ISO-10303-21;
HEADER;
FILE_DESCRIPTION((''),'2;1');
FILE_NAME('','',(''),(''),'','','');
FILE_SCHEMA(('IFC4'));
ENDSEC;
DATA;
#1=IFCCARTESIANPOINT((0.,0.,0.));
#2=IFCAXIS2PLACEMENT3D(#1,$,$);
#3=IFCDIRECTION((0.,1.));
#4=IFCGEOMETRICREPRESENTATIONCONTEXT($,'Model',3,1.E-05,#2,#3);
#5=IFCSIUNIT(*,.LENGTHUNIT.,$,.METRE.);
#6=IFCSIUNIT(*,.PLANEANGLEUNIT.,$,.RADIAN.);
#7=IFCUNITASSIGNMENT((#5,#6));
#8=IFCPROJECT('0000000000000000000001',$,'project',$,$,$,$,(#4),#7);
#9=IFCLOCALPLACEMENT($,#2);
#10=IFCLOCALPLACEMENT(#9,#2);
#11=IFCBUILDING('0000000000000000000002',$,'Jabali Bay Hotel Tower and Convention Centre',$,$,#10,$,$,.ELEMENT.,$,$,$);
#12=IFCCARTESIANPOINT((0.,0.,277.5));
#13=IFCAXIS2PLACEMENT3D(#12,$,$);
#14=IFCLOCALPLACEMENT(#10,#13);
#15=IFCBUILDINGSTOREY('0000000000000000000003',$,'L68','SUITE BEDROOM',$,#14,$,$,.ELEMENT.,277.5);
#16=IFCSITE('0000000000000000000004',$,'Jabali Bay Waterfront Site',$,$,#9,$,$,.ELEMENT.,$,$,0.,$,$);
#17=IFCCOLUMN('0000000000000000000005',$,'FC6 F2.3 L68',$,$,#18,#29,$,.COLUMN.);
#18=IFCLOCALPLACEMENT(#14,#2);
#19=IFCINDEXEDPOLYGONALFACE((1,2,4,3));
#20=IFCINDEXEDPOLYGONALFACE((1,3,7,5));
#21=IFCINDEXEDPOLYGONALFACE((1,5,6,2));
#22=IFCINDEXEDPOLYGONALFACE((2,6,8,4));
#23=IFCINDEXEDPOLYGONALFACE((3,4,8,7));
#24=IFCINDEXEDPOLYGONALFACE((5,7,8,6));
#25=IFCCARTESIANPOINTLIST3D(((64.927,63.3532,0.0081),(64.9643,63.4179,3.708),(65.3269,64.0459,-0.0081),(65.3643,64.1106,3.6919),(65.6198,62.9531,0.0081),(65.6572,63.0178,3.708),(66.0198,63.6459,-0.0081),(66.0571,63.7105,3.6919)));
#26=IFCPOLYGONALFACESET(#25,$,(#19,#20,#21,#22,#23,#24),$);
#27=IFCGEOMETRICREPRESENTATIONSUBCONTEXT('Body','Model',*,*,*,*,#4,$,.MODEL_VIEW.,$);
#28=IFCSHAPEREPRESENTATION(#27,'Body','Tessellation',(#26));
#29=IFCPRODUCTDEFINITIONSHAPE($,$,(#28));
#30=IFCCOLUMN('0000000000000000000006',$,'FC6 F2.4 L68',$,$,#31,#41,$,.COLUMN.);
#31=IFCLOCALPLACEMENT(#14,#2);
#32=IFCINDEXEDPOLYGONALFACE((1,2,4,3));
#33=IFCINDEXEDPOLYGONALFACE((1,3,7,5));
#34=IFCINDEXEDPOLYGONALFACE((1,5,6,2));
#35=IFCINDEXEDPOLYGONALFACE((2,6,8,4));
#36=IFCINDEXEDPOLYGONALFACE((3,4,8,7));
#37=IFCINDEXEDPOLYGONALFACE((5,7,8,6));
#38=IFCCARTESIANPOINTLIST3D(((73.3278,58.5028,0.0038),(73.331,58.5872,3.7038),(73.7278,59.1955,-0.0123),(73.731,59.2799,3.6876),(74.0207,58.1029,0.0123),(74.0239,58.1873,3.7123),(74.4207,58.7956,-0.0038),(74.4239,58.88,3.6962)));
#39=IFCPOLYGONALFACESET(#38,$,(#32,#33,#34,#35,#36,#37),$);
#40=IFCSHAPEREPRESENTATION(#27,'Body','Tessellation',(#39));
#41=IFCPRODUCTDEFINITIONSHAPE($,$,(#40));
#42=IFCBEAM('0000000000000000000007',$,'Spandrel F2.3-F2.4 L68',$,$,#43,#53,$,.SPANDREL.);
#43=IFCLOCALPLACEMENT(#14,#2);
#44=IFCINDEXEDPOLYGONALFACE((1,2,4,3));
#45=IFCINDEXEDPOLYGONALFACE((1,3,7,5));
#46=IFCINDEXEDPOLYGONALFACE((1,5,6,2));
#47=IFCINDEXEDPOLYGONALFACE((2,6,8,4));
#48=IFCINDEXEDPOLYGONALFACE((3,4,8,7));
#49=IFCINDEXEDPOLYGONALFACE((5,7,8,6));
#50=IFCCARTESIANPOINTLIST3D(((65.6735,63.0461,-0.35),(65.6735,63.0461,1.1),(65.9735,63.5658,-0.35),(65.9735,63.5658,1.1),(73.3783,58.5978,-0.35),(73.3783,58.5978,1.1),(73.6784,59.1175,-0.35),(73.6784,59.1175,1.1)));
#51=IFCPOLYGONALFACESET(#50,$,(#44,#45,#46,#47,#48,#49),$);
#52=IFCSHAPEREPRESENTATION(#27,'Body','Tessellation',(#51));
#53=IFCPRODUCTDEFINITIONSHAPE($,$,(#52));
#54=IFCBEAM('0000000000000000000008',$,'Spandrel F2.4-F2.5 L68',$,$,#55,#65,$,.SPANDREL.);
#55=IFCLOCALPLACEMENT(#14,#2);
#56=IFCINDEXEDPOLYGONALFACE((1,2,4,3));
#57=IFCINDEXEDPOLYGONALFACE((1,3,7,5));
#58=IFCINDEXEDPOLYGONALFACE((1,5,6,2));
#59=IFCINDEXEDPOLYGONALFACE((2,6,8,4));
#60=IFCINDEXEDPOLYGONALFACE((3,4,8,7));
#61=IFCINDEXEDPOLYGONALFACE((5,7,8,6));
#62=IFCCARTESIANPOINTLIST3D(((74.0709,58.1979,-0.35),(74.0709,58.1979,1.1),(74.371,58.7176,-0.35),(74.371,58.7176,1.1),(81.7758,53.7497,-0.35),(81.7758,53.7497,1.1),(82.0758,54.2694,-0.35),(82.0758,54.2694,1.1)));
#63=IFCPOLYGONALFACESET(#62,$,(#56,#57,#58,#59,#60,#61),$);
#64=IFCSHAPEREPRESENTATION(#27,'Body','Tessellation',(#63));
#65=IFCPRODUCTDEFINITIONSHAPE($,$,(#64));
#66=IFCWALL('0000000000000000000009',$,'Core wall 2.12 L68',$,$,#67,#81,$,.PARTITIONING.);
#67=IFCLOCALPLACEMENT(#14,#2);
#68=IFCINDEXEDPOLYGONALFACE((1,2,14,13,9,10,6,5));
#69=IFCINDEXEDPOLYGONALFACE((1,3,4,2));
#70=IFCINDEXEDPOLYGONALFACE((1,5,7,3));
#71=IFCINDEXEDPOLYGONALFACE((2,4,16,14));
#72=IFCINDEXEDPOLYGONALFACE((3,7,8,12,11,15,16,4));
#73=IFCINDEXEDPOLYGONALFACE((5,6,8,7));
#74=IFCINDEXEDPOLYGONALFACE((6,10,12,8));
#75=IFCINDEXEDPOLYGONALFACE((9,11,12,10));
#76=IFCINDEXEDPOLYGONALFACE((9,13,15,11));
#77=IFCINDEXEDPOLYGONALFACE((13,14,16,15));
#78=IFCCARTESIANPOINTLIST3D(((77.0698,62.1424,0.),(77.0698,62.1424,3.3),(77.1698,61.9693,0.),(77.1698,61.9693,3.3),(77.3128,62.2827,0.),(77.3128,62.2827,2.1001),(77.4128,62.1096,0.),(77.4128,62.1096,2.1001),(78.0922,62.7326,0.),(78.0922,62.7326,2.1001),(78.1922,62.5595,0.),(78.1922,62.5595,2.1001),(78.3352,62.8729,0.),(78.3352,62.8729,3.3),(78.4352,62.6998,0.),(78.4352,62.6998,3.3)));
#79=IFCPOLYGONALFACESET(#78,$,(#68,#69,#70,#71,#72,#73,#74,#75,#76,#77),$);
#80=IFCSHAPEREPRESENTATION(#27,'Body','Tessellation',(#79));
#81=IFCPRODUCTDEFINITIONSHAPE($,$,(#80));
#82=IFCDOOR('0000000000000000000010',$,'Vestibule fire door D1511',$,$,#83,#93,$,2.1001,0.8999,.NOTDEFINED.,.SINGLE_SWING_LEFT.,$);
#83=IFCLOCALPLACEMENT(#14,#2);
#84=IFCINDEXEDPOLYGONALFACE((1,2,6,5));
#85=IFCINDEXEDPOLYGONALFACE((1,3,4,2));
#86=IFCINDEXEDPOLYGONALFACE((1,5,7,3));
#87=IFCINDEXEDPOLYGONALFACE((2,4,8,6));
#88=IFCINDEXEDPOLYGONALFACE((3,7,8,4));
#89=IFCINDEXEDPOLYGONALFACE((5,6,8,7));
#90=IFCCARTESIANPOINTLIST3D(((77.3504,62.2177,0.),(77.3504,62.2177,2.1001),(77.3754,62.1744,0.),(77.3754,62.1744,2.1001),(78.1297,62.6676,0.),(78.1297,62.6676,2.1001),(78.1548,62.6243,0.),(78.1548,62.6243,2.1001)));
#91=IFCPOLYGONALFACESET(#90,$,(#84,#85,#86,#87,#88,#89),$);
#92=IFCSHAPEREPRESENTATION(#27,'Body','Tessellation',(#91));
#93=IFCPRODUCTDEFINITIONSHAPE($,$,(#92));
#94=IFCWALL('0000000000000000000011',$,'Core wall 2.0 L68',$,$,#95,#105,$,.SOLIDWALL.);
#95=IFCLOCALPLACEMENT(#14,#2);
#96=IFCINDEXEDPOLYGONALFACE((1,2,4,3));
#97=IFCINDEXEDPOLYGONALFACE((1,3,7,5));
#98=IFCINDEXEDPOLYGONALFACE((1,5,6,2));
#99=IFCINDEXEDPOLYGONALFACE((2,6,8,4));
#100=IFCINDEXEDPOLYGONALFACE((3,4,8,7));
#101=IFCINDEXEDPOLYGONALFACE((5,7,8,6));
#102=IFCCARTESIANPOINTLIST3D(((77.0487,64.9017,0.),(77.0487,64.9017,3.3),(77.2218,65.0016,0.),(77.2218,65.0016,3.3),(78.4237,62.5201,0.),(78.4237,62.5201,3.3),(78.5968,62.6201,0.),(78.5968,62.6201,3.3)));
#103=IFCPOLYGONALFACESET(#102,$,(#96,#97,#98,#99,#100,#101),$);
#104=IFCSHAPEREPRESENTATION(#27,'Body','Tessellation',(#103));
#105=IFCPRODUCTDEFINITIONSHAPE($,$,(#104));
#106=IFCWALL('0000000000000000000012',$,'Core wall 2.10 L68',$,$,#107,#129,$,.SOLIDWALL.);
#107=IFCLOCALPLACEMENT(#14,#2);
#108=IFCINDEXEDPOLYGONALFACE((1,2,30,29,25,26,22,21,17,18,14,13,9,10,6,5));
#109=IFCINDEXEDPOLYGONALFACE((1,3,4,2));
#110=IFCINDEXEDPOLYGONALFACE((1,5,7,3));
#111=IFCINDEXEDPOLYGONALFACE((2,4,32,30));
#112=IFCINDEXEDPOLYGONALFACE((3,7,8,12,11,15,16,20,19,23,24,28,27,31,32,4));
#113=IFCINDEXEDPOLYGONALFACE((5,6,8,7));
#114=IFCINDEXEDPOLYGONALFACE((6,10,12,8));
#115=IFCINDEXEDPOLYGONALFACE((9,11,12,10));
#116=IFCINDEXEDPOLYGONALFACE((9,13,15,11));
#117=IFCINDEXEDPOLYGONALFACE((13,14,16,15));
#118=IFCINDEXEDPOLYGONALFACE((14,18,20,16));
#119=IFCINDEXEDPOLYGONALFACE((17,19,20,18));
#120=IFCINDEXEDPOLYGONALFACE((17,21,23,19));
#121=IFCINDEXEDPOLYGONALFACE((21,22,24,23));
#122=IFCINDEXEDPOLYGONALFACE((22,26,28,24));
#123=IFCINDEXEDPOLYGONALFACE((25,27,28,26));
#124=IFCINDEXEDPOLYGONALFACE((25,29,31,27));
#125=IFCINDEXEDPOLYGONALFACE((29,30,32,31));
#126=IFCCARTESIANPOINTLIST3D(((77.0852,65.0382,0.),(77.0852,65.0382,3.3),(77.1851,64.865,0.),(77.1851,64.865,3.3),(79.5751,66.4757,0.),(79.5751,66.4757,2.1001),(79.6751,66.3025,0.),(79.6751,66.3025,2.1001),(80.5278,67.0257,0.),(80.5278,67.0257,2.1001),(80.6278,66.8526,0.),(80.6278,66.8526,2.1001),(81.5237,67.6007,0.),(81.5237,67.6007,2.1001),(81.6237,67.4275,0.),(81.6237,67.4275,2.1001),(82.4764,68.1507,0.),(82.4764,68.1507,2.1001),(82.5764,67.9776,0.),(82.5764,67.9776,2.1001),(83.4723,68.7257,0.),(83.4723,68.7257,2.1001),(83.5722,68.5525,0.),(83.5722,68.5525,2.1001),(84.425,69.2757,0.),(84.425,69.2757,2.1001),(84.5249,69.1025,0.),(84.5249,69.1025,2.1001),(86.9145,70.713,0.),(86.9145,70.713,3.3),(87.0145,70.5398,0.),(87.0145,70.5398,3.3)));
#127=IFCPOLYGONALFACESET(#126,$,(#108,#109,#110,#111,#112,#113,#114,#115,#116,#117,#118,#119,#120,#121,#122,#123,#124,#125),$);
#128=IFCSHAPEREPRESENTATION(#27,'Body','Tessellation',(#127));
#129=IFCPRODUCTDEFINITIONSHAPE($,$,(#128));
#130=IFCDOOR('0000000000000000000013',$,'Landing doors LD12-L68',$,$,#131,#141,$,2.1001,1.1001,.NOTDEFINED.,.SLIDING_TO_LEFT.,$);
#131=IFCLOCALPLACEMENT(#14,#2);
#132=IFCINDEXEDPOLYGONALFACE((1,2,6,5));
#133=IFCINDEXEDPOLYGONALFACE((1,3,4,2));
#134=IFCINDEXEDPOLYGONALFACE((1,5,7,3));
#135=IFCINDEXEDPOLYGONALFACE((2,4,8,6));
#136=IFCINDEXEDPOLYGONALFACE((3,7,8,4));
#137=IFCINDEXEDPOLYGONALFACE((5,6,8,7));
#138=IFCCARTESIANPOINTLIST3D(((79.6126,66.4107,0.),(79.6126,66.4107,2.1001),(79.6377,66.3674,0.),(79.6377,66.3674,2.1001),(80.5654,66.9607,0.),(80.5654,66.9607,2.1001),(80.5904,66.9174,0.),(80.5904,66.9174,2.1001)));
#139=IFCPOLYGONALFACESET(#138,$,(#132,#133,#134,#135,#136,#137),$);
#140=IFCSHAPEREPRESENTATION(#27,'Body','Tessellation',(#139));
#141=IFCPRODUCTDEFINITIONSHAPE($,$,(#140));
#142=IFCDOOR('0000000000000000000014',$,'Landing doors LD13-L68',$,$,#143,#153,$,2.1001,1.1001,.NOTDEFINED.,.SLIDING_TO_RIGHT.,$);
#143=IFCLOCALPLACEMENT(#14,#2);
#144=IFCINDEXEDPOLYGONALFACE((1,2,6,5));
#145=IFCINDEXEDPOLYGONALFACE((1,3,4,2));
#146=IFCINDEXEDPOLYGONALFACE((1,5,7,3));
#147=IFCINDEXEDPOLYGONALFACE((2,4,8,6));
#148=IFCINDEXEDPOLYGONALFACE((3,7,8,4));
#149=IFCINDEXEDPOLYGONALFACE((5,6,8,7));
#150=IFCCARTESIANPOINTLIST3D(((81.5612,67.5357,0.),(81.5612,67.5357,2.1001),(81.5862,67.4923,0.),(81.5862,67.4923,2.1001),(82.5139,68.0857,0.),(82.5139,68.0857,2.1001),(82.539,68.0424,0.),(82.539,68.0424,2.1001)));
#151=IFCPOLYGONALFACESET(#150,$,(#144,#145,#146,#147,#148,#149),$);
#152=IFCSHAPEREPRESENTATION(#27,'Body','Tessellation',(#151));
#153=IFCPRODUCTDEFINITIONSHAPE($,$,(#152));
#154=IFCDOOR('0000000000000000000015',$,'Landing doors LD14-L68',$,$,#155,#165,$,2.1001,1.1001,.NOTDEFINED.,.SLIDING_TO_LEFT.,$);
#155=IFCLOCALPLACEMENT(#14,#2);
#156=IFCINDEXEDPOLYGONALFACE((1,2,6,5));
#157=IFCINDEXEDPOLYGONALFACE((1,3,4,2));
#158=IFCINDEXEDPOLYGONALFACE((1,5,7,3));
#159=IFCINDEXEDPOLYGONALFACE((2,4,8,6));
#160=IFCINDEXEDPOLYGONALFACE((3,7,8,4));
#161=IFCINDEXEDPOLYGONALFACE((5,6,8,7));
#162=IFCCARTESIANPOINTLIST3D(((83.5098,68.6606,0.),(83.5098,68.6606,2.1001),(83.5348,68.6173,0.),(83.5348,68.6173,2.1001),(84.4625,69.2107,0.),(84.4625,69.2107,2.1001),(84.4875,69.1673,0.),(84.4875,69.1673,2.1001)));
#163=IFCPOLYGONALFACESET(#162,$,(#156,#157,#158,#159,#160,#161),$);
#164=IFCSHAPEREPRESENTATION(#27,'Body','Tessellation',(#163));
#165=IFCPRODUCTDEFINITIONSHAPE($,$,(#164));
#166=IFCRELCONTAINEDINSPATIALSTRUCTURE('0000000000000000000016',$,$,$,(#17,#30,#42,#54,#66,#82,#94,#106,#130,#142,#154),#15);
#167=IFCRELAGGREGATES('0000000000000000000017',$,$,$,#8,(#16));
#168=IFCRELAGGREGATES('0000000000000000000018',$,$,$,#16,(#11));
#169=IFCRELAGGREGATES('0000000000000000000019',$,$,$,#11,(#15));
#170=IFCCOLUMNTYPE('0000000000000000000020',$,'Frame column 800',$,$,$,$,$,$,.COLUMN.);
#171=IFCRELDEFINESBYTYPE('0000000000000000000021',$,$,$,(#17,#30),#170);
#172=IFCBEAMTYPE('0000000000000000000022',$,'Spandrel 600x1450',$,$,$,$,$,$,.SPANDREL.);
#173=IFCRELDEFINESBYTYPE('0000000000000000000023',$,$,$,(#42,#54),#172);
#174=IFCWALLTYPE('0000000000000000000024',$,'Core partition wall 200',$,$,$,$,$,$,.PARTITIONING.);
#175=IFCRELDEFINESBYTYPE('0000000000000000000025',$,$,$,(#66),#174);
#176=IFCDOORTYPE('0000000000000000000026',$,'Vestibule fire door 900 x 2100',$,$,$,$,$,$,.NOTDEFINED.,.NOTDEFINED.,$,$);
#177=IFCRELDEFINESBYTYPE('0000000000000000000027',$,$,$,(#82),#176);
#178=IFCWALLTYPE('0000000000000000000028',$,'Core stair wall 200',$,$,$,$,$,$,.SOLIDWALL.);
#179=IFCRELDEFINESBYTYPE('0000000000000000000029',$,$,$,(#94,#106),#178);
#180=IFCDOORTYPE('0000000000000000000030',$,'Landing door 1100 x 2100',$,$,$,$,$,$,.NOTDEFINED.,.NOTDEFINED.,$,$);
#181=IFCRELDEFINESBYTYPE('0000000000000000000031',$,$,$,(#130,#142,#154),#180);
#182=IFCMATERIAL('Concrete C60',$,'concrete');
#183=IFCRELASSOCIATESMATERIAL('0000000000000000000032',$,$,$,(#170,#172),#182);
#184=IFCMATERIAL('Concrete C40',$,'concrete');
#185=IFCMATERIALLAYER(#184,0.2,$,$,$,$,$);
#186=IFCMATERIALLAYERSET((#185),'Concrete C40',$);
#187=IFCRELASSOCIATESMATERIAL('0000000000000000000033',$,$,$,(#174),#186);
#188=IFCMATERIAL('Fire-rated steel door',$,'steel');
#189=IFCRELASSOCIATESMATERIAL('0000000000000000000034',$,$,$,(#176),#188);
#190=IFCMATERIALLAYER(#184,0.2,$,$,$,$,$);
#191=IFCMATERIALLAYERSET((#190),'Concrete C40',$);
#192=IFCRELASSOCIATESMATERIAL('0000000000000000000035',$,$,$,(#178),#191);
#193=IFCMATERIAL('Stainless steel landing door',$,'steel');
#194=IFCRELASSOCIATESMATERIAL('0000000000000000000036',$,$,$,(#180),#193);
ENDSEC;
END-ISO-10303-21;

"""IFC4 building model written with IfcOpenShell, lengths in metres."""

from ifc_helpers import new_model, si_unit, direction, frame, frame_2d, origin, origin_2d, place, context, subcontext, project, spatial, rectangle, extrude, material, layer, layer_set, material_profile, profile_set, type_object, element, fill, save


model = new_model("IFC4")

# Units and contexts
model_context = context("Model", 3, precision=1e-05, world=origin(), true_north=direction((0.0, 1.0)))
body_context = subcontext(model_context, "Body", "Model", "MODEL_VIEW")
ifc_project = project(units=[si_unit("LENGTHUNIT", "METRE"), si_unit("PLANEANGLEUNIT", "RADIAN")], contexts=[model_context])

# Site, building, storey
site_placement = place(None, origin())
site = spatial("IfcSite", under=ifc_project, at=site_placement, Name="Jabali Bay Waterfront Site", CompositionType="ELEMENT", RefElevation=0.0)
building_placement = place(site_placement, origin())
building = spatial("IfcBuilding", under=site, at=building_placement, Name="Jabali Bay Hotel Tower and Convention Centre", CompositionType="ELEMENT")
storey_placement = place(building_placement, frame((0.0, 0.0, 277.5)))
storey = spatial("IfcBuildingStorey", under=building, at=storey_placement, Name="L68", Description="SUITE BEDROOM", CompositionType="ELEMENT", Elevation=277.5)

# Columns
ifc_material_1 = material(Name="Concrete C60", Category="concrete")
ifc_material_profile_1 = material_profile(ifc_material_1, rectangle(XDim=0.8, YDim=0.8, at=origin_2d()), Name="Frame column 800")
ifc_profile_set_1 = profile_set([ifc_material_profile_1], Name="Concrete C60")
column_type = type_object("IfcColumnType", Name="Frame column 800", PredefinedType="COLUMN", material=ifc_profile_set_1)
column_1_placement = place(storey_placement, frame((65.4734, 63.4995, 0.0), z_axis=(0.010094, 0.017482, 0.999796), x_axis=(-0.499913, -0.86584, 0.020187)))
element("IfcColumn", 1, at=column_1_placement, inside=storey, type_object=column_type, Name="FC6 F2.3 L68", PredefinedType="COLUMN", context=body_context, shape_type="SweptSolid", body=[
    extrude(rectangle(XDim=0.8, YDim=0.8, at=origin_2d()), origin(), (0.0, 0.0, 1.0), 3.7007),
])
column_2_placement = place(storey_placement, frame((73.8743, 58.6492, 0.0), z_axis=(0.000858, 0.022825, 0.999739), x_axis=(-0.49995, -0.865819, 0.020196)))
element("IfcColumn", 2, at=column_2_placement, inside=storey, type_object=column_type, Name="FC6 F2.4 L68", PredefinedType="COLUMN", context=body_context, shape_type="SweptSolid", body=[
    extrude(rectangle(XDim=0.8, YDim=0.8, at=origin_2d()), origin(), (0.0, 0.0, 1.0), 3.7009),
])

# Beams
ifc_material_profile_2 = material_profile(ifc_material_1, rectangle(XDim=0.6001, YDim=1.45, at=origin_2d()), Name="Spandrel 600x1450")
ifc_profile_set_2 = profile_set([ifc_material_profile_2], Name="Concrete C60")
beam_type = type_object("IfcBeamType", Name="Spandrel 600x1450", PredefinedType="SPANDREL", material=ifc_profile_set_2)
for number, where, z_axis, x_axis, name in (
    (3, (65.8235, 63.3059, 0.375), (0.866032, -0.499988, 0.0), (0.499988, 0.866032, 0.0), "Spandrel F2.3-F2.4 L68"),
    (4, (74.2209, 58.4578, 0.375), (0.866032, -0.499988, 0.0), (0.499988, 0.866032, 0.0), "Spandrel F2.4-F2.5 L68"),
):
    element("IfcBeam", number, at=place(storey_placement, frame(where, z_axis=z_axis, x_axis=x_axis)), inside=storey, type_object=beam_type, Name=name, PredefinedType="SPANDREL", context=body_context, shape_type="SweptSolid", body=[
        extrude(rectangle(XDim=0.6001, YDim=1.45, at=origin_2d()), origin(), (0.0, 0.0, 1.0), 8.8967),
    ])

# Wall, opening, door
ifc_material_2 = material(Name="Concrete C40", Category="concrete")
ifc_layer_1 = layer(ifc_material_2, 0.2)
ifc_layer_set_1 = layer_set([ifc_layer_1], Name="Concrete C40")
wall_type_1 = type_object("IfcWallType", Name="Core partition wall 200", PredefinedType="PARTITIONING", material=ifc_layer_set_1)
wall_1_placement = place(storey_placement, frame((77.1199, 62.0559, 0.0), z_axis=(0.0, 0.0, 1.0), x_axis=(0.866055, 0.499949, 0.0)))
wall_1 = element("IfcWall", 5, at=wall_1_placement, inside=storey, type_object=wall_type_1, Name="Core wall 2.12 L68", PredefinedType="PARTITIONING", context=body_context, shape_type="SweptSolid", body=[
    extrude(rectangle(XDim=1.4612, YDim=0.2, at=frame_2d((0.7305, 0.0))), origin(), (0.0, 0.0, 1.0), 3.3),
])
opening_1_placement = place(wall_1_placement, frame((0.2805, 0.0, 0.0)))
opening_1 = element("IfcOpeningElement", 6, at=opening_1_placement, cuts=wall_1, PredefinedType="OPENING", context=body_context, shape_type="SweptSolid", body=[
    extrude(rectangle(XDim=0.8999, YDim=2.1001, at=frame_2d((0.45, 1.05))), frame((0.0, 0.1104, 0.0), z_axis=(0.0, -1.0, 0.0), x_axis=(1.0, 0.0, 0.0)), (0.0, 0.0, 1.0), 0.2209),
])
ifc_material_3 = material(Name="Fire-rated steel door", Category="steel")
door_type_1 = type_object("IfcDoorType", Name="Vestibule fire door 900 x 2100", OperationType="NOTDEFINED", PredefinedType="NOTDEFINED", material=ifc_material_3)
door_1_placement = place(opening_1_placement, origin())
door_1 = element("IfcDoor", 7, at=door_1_placement, inside=storey, type_object=door_type_1, Name="Vestibule fire door D1511", OperationType="SINGLE_SWING_LEFT", OverallHeight=2.1001, OverallWidth=0.8999, PredefinedType="NOTDEFINED", context=body_context, shape_type="SweptSolid", body=[
    extrude(rectangle(XDim=0.8999, YDim=2.1001, at=frame_2d((0.45, 1.05))), frame((0.0, 0.0249, 0.0), z_axis=(0.0, -1.0, 0.0), x_axis=(1.0, 0.0, 0.0)), (0.0, 0.0, 1.0), 0.05),
])
fill(opening_1, door_1)

# Wall
ifc_layer_2 = layer(ifc_material_2, 0.2)
ifc_layer_set_2 = layer_set([ifc_layer_2], Name="Concrete C40")
wall_type_2 = type_object("IfcWallType", Name="Core stair wall 200", PredefinedType="SOLIDWALL", material=ifc_layer_set_2)
wall_2_placement = place(storey_placement, frame((77.1353, 64.9517, 0.0), z_axis=(0.0, 0.0, 1.0), x_axis=(0.499997, -0.866027, 0.0)))
element("IfcWall", 8, at=wall_2_placement, inside=storey, type_object=wall_type_2, Name="Core wall 2.0 L68", PredefinedType="SOLIDWALL", context=body_context, shape_type="SweptSolid", body=[
    extrude(rectangle(XDim=2.75, YDim=0.2, at=frame_2d((1.375, 0.0))), origin(), (0.0, 0.0, 1.0), 3.3),
])

# Wall, openings, doors
wall_3_placement = place(storey_placement, frame((77.1353, 64.9517, 0.0), z_axis=(0.0, 0.0, 1.0), x_axis=(0.866032, 0.499989, 0.0)))
wall_3 = element("IfcWall", 9, at=wall_3_placement, inside=storey, type_object=wall_type_2, Name="Core wall 2.10 L68", PredefinedType="SOLIDWALL", context=body_context, shape_type="SweptSolid", body=[
    extrude(rectangle(XDim=11.3499, YDim=0.2, at=frame_2d((5.6748, 0.0))), origin(), (0.0, 0.0, 1.0), 3.3),
])
opening_2_placement = place(wall_3_placement, frame((2.875, 0.0, 0.0)))
opening_2 = element("IfcOpeningElement", 10, at=opening_2_placement, cuts=wall_3, PredefinedType="OPENING", context=body_context, shape_type="SweptSolid", body=[
    extrude(rectangle(XDim=1.1001, YDim=2.1001, at=frame_2d((0.55, 1.05))), frame((0.0, 0.1104, 0.0), z_axis=(0.0, -1.0, 0.0), x_axis=(1.0, 0.0, 0.0)), (0.0, 0.0, 1.0), 0.2209),
])
opening_3_placement = place(wall_3_placement, frame((5.125, 0.0, 0.0)))
opening_3 = element("IfcOpeningElement", 11, at=opening_3_placement, cuts=wall_3, PredefinedType="OPENING", context=body_context, shape_type="SweptSolid", body=[
    extrude(rectangle(XDim=1.1001, YDim=2.1001, at=frame_2d((0.55, 1.05))), frame((0.0, 0.1104, 0.0), z_axis=(0.0, -1.0, 0.0), x_axis=(1.0, 0.0, 0.0)), (0.0, 0.0, 1.0), 0.2209),
])
opening_4_placement = place(wall_3_placement, frame((7.375, 0.0, 0.0)))
opening_4 = element("IfcOpeningElement", 12, at=opening_4_placement, cuts=wall_3, PredefinedType="OPENING", context=body_context, shape_type="SweptSolid", body=[
    extrude(rectangle(XDim=1.1001, YDim=2.1001, at=frame_2d((0.55, 1.05))), frame((0.0, 0.1104, 0.0), z_axis=(0.0, -1.0, 0.0), x_axis=(1.0, 0.0, 0.0)), (0.0, 0.0, 1.0), 0.2209),
])
ifc_material_4 = material(Name="Stainless steel landing door", Category="steel")
door_type_2 = type_object("IfcDoorType", Name="Landing door 1100 x 2100", OperationType="NOTDEFINED", PredefinedType="NOTDEFINED", material=ifc_material_4)
door_2_placement = place(opening_2_placement, origin())
door_2 = element("IfcDoor", 13, at=door_2_placement, inside=storey, type_object=door_type_2, Name="Landing doors LD12-L68", OperationType="SLIDING_TO_LEFT", OverallHeight=2.1001, OverallWidth=1.1001, PredefinedType="NOTDEFINED", context=body_context, shape_type="SweptSolid", body=[
    extrude(rectangle(XDim=1.1001, YDim=2.1001, at=frame_2d((0.55, 1.05))), frame((0.0, 0.0249, 0.0), z_axis=(0.0, -1.0, 0.0), x_axis=(1.0, 0.0, 0.0)), (0.0, 0.0, 1.0), 0.05),
])
fill(opening_2, door_2)
door_3_placement = place(opening_3_placement, origin())
door_3 = element("IfcDoor", 14, at=door_3_placement, inside=storey, type_object=door_type_2, Name="Landing doors LD13-L68", OperationType="SLIDING_TO_RIGHT", OverallHeight=2.1001, OverallWidth=1.1001, PredefinedType="NOTDEFINED", context=body_context, shape_type="SweptSolid", body=[
    extrude(rectangle(XDim=1.1001, YDim=2.1001, at=frame_2d((0.55, 1.05))), frame((0.0, 0.0249, 0.0), z_axis=(0.0, -1.0, 0.0), x_axis=(1.0, 0.0, 0.0)), (0.0, 0.0, 1.0), 0.05),
])
fill(opening_3, door_3)
door_4_placement = place(opening_4_placement, origin())
door_4 = element("IfcDoor", 15, at=door_4_placement, inside=storey, type_object=door_type_2, Name="Landing doors LD14-L68", OperationType="SLIDING_TO_LEFT", OverallHeight=2.1001, OverallWidth=1.1001, PredefinedType="NOTDEFINED", context=body_context, shape_type="SweptSolid", body=[
    extrude(rectangle(XDim=1.1001, YDim=2.1001, at=frame_2d((0.55, 1.05))), frame((0.0, 0.0249, 0.0), z_axis=(0.0, -1.0, 0.0), x_axis=(1.0, 0.0, 0.0)), (0.0, 0.0, 1.0), 0.05),
])
fill(opening_4, door_4)

save(model, "model.ifc")
